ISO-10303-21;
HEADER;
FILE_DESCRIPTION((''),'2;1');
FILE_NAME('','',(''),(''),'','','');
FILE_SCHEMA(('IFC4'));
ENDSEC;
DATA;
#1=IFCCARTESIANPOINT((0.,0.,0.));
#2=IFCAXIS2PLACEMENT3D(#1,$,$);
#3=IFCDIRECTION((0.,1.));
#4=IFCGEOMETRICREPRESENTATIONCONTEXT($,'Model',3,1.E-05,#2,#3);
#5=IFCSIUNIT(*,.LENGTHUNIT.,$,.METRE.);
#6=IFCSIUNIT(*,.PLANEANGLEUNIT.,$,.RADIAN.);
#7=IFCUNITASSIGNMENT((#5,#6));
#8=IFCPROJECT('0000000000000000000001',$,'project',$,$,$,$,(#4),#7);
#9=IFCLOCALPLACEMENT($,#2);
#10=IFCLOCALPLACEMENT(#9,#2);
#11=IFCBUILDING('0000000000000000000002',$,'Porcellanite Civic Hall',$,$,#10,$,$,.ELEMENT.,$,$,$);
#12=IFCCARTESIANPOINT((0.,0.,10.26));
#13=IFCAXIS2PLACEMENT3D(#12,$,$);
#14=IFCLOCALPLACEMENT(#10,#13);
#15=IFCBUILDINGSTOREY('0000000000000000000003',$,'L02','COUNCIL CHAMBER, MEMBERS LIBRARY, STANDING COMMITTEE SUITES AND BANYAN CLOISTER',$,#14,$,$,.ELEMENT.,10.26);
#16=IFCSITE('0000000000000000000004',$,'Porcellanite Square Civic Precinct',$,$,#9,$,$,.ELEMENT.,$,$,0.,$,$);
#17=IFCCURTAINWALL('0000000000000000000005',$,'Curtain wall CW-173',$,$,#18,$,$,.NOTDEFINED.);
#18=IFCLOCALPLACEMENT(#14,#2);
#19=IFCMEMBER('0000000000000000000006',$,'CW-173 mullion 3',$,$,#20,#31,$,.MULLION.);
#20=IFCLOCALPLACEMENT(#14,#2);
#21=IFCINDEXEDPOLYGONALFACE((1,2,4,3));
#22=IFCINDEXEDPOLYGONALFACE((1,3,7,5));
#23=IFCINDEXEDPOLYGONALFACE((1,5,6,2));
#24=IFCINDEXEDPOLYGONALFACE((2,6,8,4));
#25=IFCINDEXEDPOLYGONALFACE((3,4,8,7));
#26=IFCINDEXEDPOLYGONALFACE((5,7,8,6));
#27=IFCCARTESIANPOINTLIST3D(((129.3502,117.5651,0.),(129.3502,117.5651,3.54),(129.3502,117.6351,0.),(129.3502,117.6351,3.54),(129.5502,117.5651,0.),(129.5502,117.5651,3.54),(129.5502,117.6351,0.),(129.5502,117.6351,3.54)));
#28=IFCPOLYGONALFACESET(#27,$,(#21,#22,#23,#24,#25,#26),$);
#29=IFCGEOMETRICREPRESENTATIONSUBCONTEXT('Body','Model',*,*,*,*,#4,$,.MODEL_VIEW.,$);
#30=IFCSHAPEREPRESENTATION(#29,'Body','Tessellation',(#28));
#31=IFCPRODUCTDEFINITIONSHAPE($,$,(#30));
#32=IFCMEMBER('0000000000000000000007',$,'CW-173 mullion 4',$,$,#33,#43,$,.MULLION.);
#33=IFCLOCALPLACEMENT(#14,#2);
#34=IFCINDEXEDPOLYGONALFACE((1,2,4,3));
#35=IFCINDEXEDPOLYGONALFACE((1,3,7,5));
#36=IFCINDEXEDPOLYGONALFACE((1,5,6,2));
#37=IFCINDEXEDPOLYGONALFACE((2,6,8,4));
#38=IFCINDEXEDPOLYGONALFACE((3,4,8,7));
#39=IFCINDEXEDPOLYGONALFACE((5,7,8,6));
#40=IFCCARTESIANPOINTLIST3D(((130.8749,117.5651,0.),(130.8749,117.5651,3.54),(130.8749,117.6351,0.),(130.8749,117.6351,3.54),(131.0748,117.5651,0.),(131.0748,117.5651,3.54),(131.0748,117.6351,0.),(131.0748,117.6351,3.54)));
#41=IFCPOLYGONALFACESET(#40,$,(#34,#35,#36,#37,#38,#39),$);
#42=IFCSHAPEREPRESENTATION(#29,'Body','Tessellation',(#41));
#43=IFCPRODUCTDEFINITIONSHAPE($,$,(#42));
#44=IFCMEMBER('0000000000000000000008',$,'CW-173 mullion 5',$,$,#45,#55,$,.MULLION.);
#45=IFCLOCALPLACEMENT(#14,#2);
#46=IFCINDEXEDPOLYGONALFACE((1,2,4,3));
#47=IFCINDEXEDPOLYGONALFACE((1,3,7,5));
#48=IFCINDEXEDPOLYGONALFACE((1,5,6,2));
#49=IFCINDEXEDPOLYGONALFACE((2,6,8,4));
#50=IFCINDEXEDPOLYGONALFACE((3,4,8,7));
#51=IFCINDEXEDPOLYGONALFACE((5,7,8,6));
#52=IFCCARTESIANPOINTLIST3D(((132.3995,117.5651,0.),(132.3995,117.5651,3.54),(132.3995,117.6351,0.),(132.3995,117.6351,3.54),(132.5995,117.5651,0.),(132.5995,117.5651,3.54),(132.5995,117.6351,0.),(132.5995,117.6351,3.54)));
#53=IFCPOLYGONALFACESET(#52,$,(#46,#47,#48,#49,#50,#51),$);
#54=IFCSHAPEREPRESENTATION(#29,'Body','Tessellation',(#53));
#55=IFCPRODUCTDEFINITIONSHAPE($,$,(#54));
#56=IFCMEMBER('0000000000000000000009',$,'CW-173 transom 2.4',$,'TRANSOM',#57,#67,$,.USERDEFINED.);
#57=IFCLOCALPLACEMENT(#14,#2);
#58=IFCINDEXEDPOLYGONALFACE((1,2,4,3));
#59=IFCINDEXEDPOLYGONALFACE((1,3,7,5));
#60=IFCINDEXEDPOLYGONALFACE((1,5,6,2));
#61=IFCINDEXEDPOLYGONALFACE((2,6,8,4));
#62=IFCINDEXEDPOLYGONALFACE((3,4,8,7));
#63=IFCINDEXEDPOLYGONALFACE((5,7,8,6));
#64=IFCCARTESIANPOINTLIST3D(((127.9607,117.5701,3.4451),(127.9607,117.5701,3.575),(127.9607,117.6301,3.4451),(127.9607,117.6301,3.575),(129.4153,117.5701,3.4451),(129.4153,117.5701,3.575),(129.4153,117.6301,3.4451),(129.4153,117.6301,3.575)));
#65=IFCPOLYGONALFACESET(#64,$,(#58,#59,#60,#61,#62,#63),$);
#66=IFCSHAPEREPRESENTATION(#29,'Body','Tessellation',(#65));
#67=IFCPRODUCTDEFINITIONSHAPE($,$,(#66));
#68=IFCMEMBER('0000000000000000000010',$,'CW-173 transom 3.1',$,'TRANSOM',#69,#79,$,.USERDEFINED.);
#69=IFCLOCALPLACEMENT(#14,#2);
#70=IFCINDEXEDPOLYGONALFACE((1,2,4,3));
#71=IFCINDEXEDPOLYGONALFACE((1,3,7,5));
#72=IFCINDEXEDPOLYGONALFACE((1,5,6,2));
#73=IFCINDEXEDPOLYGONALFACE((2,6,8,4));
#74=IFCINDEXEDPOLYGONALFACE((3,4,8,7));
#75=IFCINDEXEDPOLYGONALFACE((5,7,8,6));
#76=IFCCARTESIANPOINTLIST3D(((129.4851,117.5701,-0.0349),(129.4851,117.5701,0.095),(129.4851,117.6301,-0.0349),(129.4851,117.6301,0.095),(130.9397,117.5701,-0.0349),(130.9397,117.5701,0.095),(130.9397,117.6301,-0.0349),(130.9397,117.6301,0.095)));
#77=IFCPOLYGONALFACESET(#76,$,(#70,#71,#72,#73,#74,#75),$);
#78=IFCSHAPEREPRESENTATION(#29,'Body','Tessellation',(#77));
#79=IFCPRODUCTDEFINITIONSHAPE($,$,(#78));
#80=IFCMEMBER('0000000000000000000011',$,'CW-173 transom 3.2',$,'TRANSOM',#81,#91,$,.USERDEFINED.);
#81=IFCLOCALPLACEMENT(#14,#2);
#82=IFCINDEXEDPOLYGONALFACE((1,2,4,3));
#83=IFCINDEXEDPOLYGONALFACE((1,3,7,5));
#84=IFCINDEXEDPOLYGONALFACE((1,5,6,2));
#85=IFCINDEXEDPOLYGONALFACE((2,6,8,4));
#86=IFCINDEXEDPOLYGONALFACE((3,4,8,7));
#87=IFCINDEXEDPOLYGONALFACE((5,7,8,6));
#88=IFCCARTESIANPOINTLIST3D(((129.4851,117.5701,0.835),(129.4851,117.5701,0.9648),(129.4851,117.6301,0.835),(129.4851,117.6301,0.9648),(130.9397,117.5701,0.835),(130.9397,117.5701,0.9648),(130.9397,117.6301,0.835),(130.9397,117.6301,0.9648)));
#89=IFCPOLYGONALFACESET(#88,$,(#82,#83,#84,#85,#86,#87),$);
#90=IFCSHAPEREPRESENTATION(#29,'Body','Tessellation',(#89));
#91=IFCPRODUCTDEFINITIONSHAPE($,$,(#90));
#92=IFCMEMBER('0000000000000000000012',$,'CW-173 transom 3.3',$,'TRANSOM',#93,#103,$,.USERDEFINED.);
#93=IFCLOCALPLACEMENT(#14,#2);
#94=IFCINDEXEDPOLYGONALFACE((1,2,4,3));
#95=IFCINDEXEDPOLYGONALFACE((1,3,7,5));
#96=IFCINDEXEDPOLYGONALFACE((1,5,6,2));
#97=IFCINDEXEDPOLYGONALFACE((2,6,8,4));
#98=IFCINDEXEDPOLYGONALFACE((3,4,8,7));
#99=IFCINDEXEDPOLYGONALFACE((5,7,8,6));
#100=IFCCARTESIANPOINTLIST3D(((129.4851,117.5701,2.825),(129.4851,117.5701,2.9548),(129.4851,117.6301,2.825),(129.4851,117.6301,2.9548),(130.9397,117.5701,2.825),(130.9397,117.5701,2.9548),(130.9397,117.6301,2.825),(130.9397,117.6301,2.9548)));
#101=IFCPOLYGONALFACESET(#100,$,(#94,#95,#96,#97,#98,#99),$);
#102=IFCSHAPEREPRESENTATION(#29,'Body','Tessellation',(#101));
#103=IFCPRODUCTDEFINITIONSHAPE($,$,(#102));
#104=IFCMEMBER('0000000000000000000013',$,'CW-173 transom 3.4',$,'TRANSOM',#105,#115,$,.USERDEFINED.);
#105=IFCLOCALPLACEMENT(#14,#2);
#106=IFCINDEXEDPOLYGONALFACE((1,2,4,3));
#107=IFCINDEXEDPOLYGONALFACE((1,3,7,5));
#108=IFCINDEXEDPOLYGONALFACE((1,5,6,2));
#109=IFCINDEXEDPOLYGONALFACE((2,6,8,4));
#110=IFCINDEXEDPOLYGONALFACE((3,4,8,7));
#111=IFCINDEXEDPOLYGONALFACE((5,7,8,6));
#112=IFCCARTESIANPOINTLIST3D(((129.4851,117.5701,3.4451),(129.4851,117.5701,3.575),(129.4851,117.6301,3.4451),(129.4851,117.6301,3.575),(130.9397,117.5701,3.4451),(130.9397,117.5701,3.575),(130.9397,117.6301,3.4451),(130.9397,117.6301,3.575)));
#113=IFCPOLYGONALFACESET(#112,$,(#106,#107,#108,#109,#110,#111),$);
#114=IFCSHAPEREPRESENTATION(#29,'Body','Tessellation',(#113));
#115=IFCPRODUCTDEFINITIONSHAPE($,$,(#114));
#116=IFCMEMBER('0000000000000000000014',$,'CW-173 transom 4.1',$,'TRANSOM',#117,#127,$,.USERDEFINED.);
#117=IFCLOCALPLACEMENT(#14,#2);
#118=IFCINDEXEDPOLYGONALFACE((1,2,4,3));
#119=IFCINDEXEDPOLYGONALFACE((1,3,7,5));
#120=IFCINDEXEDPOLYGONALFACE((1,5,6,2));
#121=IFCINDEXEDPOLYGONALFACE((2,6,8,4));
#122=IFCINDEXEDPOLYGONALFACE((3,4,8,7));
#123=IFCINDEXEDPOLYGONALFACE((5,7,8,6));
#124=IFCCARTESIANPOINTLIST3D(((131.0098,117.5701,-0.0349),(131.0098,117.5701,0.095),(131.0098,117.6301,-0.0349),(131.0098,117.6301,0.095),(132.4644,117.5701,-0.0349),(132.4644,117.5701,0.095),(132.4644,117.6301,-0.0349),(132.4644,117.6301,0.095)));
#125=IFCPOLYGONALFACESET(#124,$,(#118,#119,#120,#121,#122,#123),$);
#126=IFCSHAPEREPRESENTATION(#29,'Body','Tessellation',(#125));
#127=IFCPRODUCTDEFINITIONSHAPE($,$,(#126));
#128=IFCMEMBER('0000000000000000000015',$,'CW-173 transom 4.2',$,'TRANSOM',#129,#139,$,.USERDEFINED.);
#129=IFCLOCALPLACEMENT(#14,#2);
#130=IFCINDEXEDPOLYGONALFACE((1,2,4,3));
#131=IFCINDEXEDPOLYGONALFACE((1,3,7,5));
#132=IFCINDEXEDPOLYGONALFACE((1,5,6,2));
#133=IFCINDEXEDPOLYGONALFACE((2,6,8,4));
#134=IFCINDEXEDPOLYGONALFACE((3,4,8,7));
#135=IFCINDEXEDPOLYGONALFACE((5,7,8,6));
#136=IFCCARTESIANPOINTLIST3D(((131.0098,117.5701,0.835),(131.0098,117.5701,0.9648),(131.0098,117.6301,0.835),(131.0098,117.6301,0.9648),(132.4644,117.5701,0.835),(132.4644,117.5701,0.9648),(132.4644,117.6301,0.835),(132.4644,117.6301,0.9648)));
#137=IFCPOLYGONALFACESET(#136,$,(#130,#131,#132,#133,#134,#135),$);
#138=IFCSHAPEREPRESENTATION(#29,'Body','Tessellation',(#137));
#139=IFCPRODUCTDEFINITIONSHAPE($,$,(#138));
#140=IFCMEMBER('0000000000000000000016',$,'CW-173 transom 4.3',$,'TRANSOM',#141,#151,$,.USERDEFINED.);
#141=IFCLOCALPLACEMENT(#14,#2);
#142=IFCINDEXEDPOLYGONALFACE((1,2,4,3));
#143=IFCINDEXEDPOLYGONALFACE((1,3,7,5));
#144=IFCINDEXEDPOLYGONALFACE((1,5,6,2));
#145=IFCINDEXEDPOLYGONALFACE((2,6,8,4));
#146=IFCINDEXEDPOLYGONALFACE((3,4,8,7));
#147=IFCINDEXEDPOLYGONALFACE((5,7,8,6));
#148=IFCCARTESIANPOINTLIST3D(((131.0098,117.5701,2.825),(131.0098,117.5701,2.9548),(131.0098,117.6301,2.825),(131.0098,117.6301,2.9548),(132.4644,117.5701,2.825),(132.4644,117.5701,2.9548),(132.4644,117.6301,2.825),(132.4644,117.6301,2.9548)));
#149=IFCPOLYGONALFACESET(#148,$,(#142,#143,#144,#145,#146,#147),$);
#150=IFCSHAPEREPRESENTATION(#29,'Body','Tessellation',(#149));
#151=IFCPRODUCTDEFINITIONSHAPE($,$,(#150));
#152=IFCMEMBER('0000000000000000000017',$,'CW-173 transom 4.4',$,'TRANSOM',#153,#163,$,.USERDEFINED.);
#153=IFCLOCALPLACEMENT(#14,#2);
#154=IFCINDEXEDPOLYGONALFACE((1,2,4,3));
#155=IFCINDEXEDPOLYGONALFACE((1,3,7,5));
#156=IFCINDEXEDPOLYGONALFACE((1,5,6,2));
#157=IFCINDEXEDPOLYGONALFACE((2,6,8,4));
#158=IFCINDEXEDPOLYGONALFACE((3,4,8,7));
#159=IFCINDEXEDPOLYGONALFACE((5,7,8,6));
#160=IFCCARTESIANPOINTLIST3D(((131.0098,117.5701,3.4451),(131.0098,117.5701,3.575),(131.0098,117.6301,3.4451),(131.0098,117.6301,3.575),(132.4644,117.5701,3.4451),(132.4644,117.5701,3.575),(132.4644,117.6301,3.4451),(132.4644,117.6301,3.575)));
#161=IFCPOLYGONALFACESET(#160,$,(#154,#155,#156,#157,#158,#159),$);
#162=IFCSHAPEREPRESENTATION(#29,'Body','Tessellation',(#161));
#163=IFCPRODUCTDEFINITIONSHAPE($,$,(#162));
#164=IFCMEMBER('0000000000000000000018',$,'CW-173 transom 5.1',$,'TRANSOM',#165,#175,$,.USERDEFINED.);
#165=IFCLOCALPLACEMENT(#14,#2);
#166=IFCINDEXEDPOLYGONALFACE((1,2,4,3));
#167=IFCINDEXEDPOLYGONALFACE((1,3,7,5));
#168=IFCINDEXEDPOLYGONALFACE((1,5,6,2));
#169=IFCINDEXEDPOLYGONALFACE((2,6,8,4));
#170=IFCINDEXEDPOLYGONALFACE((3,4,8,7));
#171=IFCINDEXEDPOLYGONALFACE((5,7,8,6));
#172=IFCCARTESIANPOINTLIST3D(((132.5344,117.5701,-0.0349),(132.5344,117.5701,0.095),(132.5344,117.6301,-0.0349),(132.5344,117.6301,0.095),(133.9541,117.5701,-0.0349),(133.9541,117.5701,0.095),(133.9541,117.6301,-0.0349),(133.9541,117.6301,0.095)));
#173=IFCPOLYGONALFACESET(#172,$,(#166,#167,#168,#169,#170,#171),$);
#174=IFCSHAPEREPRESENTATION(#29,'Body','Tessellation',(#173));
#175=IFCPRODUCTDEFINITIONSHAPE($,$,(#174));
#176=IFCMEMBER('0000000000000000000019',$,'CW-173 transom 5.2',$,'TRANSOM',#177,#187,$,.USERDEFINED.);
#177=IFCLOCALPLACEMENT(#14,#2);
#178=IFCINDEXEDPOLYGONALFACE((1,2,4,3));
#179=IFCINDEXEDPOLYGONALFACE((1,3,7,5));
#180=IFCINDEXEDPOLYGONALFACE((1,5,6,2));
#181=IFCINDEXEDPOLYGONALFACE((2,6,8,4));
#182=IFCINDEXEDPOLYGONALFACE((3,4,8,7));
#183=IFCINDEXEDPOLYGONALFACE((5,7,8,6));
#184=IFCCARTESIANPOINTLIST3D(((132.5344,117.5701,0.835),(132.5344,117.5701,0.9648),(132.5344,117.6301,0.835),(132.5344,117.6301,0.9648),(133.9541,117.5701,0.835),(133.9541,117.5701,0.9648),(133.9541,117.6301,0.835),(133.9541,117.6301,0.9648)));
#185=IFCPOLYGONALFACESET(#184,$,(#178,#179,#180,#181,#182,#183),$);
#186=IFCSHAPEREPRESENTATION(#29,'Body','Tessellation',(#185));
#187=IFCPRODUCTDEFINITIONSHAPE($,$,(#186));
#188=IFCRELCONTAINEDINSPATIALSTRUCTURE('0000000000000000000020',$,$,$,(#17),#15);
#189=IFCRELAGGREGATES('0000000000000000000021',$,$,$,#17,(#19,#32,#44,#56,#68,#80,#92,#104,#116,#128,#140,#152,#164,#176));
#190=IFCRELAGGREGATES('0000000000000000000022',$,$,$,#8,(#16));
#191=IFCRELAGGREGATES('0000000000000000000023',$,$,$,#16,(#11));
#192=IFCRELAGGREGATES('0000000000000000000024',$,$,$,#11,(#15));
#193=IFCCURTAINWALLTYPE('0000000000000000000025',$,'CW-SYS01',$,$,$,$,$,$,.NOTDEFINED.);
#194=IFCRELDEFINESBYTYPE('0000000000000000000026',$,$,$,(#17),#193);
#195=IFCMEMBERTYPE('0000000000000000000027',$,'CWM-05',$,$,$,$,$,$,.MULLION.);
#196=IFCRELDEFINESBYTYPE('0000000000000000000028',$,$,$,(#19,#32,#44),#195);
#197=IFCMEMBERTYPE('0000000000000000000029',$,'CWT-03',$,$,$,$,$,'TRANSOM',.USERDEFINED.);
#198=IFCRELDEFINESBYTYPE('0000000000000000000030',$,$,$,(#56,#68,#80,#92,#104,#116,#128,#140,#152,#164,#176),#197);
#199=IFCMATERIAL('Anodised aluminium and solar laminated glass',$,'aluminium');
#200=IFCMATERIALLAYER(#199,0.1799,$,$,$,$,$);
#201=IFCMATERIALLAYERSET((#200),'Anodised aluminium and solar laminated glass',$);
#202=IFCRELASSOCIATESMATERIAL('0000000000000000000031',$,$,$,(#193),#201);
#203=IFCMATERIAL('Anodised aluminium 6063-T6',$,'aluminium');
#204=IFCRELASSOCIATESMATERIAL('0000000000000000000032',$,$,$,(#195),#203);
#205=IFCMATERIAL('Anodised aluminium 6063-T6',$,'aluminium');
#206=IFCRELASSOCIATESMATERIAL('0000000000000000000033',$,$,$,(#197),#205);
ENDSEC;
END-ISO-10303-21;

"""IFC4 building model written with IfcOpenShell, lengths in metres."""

from ifc_helpers import new_model, si_unit, direction, frame, origin, origin_2d, place, context, subcontext, project, spatial, rectangle, extrude, material, layer, layer_set, material_profile, profile_set, type_object, element, aggregate, save


model = new_model("IFC4")

# Units and contexts
model_context = context("Model", 3, precision=1e-05, world=origin(), true_north=direction((0.0, 1.0)))
body_context = subcontext(model_context, "Body", "Model", "MODEL_VIEW")
ifc_project = project(units=[si_unit("LENGTHUNIT", "METRE"), si_unit("PLANEANGLEUNIT", "RADIAN")], contexts=[model_context])

# Site, building, storey
site_placement = place(None, origin())
site = spatial("IfcSite", under=ifc_project, at=site_placement, Name="Porcellanite Square Civic Precinct", CompositionType="ELEMENT", RefElevation=0.0)
building_placement = place(site_placement, origin())
building = spatial("IfcBuilding", under=site, at=building_placement, Name="Porcellanite Civic Hall", CompositionType="ELEMENT")
storey_placement = place(building_placement, frame((0.0, 0.0, 10.26)))
storey = spatial("IfcBuildingStorey", under=building, at=storey_placement, Name="L02", Description="COUNCIL CHAMBER, MEMBERS LIBRARY, STANDING COMMITTEE SUITES AND BANYAN CLOISTER", CompositionType="ELEMENT", Elevation=10.26)

# Curtain wall, members
ifc_material_1 = material(Name="Anodised aluminium and solar laminated glass", Category="aluminium")
ifc_layer_1 = layer(ifc_material_1, 0.1799)
ifc_layer_set_1 = layer_set([ifc_layer_1], Name="Anodised aluminium and solar laminated glass")
curtain_wall_type = type_object("IfcCurtainWallType", Name="CW-SYS01", PredefinedType="NOTDEFINED", material=ifc_layer_set_1)
curtain_wall_placement = place(storey_placement, origin())
curtain_wall = element("IfcCurtainWall", 1, at=curtain_wall_placement, inside=storey, type_object=curtain_wall_type, Name="Curtain wall CW-173", PredefinedType="NOTDEFINED")
ifc_material_2 = material(Name="Anodised aluminium 6063-T6", Category="aluminium")
ifc_material_profile_1 = material_profile(ifc_material_2, rectangle(XDim=0.0701, YDim=0.2, at=origin_2d()), Name="AL-70x200")
ifc_profile_set_1 = profile_set([ifc_material_profile_1], Name="Anodised aluminium 6063-T6")
member_type_1 = type_object("IfcMemberType", Name="CWM-05", PredefinedType="MULLION", material=ifc_profile_set_1)
member_1_placement = place(storey_placement, frame((129.4502, 117.6001, 0.0), z_axis=(0.0, 0.0, 1.0), x_axis=(0.0, 1.0, 0.0)))
member_1 = element("IfcMember", 2, at=member_1_placement, type_object=member_type_1, Name="CW-173 mullion 3", PredefinedType="MULLION", context=body_context, shape_type="SweptSolid", body=[
    extrude(rectangle(XDim=0.0701, YDim=0.2, at=origin_2d()), origin(), (0.0, 0.0, 1.0), 3.54),
])
member_2_placement = place(storey_placement, frame((130.9749, 117.6001, 0.0), z_axis=(0.0, 0.0, 1.0), x_axis=(0.0, 1.0, 0.0)))
member_2 = element("IfcMember", 3, at=member_2_placement, type_object=member_type_1, Name="CW-173 mullion 4", PredefinedType="MULLION", context=body_context, shape_type="SweptSolid", body=[
    extrude(rectangle(XDim=0.0701, YDim=0.2, at=origin_2d()), origin(), (0.0, 0.0, 1.0), 3.54),
])
member_3_placement = place(storey_placement, frame((132.4995, 117.6001, 0.0), z_axis=(0.0, 0.0, 1.0), x_axis=(0.0, 1.0, 0.0)))
member_3 = element("IfcMember", 4, at=member_3_placement, type_object=member_type_1, Name="CW-173 mullion 5", PredefinedType="MULLION", context=body_context, shape_type="SweptSolid", body=[
    extrude(rectangle(XDim=0.0701, YDim=0.2, at=origin_2d()), origin(), (0.0, 0.0, 1.0), 3.54),
])
ifc_material_3 = material(Name="Anodised aluminium 6063-T6", Category="aluminium")
ifc_material_profile_2 = material_profile(ifc_material_3, rectangle(XDim=0.0601, YDim=0.1299, at=origin_2d()), Name="AL-60x130")
ifc_profile_set_2 = profile_set([ifc_material_profile_2], Name="Anodised aluminium 6063-T6")
member_type_2 = type_object("IfcMemberType", Name="CWT-03", ElementType="TRANSOM", PredefinedType="USERDEFINED", material=ifc_profile_set_2)
member_4_placement = place(storey_placement, frame((127.9607, 117.6001, 3.51), z_axis=(1.0, 0.0, 0.0), x_axis=(0.0, 1.0, 0.0)))
member_4 = element("IfcMember", 5, at=member_4_placement, type_object=member_type_2, Name="CW-173 transom 2.4", ObjectType="TRANSOM", PredefinedType="USERDEFINED", context=body_context, shape_type="SweptSolid", body=[
    extrude(rectangle(XDim=0.0601, YDim=0.1299, at=origin_2d()), origin(), (0.0, 0.0, 1.0), 1.4546),
])
member_5_placement = place(storey_placement, frame((129.4851, 117.6001, 0.03), z_axis=(1.0, 0.0, 0.0), x_axis=(0.0, 1.0, 0.0)))
member_5 = element("IfcMember", 6, at=member_5_placement, type_object=member_type_2, Name="CW-173 transom 3.1", ObjectType="TRANSOM", PredefinedType="USERDEFINED", context=body_context, shape_type="SweptSolid", body=[
    extrude(rectangle(XDim=0.0601, YDim=0.1299, at=origin_2d()), origin(), (0.0, 0.0, 1.0), 1.4546),
])
member_6_placement = place(storey_placement, frame((129.4851, 117.6001, 0.8999), z_axis=(1.0, 0.0, 0.0), x_axis=(0.0, 1.0, 0.0)))
member_6 = element("IfcMember", 7, at=member_6_placement, type_object=member_type_2, Name="CW-173 transom 3.2", ObjectType="TRANSOM", PredefinedType="USERDEFINED", context=body_context, shape_type="SweptSolid", body=[
    extrude(rectangle(XDim=0.0601, YDim=0.1299, at=origin_2d()), origin(), (0.0, 0.0, 1.0), 1.4546),
])
member_7_placement = place(storey_placement, frame((129.4851, 117.6001, 2.8899), z_axis=(1.0, 0.0, 0.0), x_axis=(0.0, 1.0, 0.0)))
member_7 = element("IfcMember", 8, at=member_7_placement, type_object=member_type_2, Name="CW-173 transom 3.3", ObjectType="TRANSOM", PredefinedType="USERDEFINED", context=body_context, shape_type="SweptSolid", body=[
    extrude(rectangle(XDim=0.0601, YDim=0.1299, at=origin_2d()), origin(), (0.0, 0.0, 1.0), 1.4546),
])
member_8_placement = place(storey_placement, frame((129.4851, 117.6001, 3.51), z_axis=(1.0, 0.0, 0.0), x_axis=(0.0, 1.0, 0.0)))
member_8 = element("IfcMember", 9, at=member_8_placement, type_object=member_type_2, Name="CW-173 transom 3.4", ObjectType="TRANSOM", PredefinedType="USERDEFINED", context=body_context, shape_type="SweptSolid", body=[
    extrude(rectangle(XDim=0.0601, YDim=0.1299, at=origin_2d()), origin(), (0.0, 0.0, 1.0), 1.4546),
])
member_9_placement = place(storey_placement, frame((131.0098, 117.6001, 0.03), z_axis=(1.0, 0.0, 0.0), x_axis=(0.0, 1.0, 0.0)))
member_9 = element("IfcMember", 10, at=member_9_placement, type_object=member_type_2, Name="CW-173 transom 4.1", ObjectType="TRANSOM", PredefinedType="USERDEFINED", context=body_context, shape_type="SweptSolid", body=[
    extrude(rectangle(XDim=0.0601, YDim=0.1299, at=origin_2d()), origin(), (0.0, 0.0, 1.0), 1.4546),
])
member_10_placement = place(storey_placement, frame((131.0098, 117.6001, 0.8999), z_axis=(1.0, 0.0, 0.0), x_axis=(0.0, 1.0, 0.0)))
member_10 = element("IfcMember", 11, at=member_10_placement, type_object=member_type_2, Name="CW-173 transom 4.2", ObjectType="TRANSOM", PredefinedType="USERDEFINED", context=body_context, shape_type="SweptSolid", body=[
    extrude(rectangle(XDim=0.0601, YDim=0.1299, at=origin_2d()), origin(), (0.0, 0.0, 1.0), 1.4546),
])
member_11_placement = place(storey_placement, frame((131.0098, 117.6001, 2.8899), z_axis=(1.0, 0.0, 0.0), x_axis=(0.0, 1.0, 0.0)))
member_11 = element("IfcMember", 12, at=member_11_placement, type_object=member_type_2, Name="CW-173 transom 4.3", ObjectType="TRANSOM", PredefinedType="USERDEFINED", context=body_context, shape_type="SweptSolid", body=[
    extrude(rectangle(XDim=0.0601, YDim=0.1299, at=origin_2d()), origin(), (0.0, 0.0, 1.0), 1.4546),
])
member_12_placement = place(storey_placement, frame((131.0098, 117.6001, 3.51), z_axis=(1.0, 0.0, 0.0), x_axis=(0.0, 1.0, 0.0)))
member_12 = element("IfcMember", 13, at=member_12_placement, type_object=member_type_2, Name="CW-173 transom 4.4", ObjectType="TRANSOM", PredefinedType="USERDEFINED", context=body_context, shape_type="SweptSolid", body=[
    extrude(rectangle(XDim=0.0601, YDim=0.1299, at=origin_2d()), origin(), (0.0, 0.0, 1.0), 1.4546),
])
member_13_placement = place(storey_placement, frame((132.5344, 117.6001, 0.03), z_axis=(1.0, 0.0, 0.0), x_axis=(0.0, 1.0, 0.0)))
member_13 = element("IfcMember", 14, at=member_13_placement, type_object=member_type_2, Name="CW-173 transom 5.1", ObjectType="TRANSOM", PredefinedType="USERDEFINED", context=body_context, shape_type="SweptSolid", body=[
    extrude(rectangle(XDim=0.0601, YDim=0.1299, at=origin_2d()), origin(), (0.0, 0.0, 1.0), 1.4197),
])
member_14_placement = place(storey_placement, frame((132.5344, 117.6001, 0.8999), z_axis=(1.0, 0.0, 0.0), x_axis=(0.0, 1.0, 0.0)))
member_14 = element("IfcMember", 15, at=member_14_placement, type_object=member_type_2, Name="CW-173 transom 5.2", ObjectType="TRANSOM", PredefinedType="USERDEFINED", context=body_context, shape_type="SweptSolid", body=[
    extrude(rectangle(XDim=0.0601, YDim=0.1299, at=origin_2d()), origin(), (0.0, 0.0, 1.0), 1.4197),
])

aggregate(curtain_wall, [member_1, member_2, member_3, member_4, member_5, member_6, member_7, member_8, member_9, member_10, member_11, member_12, member_13, member_14])

save(model, "model.ifc")
